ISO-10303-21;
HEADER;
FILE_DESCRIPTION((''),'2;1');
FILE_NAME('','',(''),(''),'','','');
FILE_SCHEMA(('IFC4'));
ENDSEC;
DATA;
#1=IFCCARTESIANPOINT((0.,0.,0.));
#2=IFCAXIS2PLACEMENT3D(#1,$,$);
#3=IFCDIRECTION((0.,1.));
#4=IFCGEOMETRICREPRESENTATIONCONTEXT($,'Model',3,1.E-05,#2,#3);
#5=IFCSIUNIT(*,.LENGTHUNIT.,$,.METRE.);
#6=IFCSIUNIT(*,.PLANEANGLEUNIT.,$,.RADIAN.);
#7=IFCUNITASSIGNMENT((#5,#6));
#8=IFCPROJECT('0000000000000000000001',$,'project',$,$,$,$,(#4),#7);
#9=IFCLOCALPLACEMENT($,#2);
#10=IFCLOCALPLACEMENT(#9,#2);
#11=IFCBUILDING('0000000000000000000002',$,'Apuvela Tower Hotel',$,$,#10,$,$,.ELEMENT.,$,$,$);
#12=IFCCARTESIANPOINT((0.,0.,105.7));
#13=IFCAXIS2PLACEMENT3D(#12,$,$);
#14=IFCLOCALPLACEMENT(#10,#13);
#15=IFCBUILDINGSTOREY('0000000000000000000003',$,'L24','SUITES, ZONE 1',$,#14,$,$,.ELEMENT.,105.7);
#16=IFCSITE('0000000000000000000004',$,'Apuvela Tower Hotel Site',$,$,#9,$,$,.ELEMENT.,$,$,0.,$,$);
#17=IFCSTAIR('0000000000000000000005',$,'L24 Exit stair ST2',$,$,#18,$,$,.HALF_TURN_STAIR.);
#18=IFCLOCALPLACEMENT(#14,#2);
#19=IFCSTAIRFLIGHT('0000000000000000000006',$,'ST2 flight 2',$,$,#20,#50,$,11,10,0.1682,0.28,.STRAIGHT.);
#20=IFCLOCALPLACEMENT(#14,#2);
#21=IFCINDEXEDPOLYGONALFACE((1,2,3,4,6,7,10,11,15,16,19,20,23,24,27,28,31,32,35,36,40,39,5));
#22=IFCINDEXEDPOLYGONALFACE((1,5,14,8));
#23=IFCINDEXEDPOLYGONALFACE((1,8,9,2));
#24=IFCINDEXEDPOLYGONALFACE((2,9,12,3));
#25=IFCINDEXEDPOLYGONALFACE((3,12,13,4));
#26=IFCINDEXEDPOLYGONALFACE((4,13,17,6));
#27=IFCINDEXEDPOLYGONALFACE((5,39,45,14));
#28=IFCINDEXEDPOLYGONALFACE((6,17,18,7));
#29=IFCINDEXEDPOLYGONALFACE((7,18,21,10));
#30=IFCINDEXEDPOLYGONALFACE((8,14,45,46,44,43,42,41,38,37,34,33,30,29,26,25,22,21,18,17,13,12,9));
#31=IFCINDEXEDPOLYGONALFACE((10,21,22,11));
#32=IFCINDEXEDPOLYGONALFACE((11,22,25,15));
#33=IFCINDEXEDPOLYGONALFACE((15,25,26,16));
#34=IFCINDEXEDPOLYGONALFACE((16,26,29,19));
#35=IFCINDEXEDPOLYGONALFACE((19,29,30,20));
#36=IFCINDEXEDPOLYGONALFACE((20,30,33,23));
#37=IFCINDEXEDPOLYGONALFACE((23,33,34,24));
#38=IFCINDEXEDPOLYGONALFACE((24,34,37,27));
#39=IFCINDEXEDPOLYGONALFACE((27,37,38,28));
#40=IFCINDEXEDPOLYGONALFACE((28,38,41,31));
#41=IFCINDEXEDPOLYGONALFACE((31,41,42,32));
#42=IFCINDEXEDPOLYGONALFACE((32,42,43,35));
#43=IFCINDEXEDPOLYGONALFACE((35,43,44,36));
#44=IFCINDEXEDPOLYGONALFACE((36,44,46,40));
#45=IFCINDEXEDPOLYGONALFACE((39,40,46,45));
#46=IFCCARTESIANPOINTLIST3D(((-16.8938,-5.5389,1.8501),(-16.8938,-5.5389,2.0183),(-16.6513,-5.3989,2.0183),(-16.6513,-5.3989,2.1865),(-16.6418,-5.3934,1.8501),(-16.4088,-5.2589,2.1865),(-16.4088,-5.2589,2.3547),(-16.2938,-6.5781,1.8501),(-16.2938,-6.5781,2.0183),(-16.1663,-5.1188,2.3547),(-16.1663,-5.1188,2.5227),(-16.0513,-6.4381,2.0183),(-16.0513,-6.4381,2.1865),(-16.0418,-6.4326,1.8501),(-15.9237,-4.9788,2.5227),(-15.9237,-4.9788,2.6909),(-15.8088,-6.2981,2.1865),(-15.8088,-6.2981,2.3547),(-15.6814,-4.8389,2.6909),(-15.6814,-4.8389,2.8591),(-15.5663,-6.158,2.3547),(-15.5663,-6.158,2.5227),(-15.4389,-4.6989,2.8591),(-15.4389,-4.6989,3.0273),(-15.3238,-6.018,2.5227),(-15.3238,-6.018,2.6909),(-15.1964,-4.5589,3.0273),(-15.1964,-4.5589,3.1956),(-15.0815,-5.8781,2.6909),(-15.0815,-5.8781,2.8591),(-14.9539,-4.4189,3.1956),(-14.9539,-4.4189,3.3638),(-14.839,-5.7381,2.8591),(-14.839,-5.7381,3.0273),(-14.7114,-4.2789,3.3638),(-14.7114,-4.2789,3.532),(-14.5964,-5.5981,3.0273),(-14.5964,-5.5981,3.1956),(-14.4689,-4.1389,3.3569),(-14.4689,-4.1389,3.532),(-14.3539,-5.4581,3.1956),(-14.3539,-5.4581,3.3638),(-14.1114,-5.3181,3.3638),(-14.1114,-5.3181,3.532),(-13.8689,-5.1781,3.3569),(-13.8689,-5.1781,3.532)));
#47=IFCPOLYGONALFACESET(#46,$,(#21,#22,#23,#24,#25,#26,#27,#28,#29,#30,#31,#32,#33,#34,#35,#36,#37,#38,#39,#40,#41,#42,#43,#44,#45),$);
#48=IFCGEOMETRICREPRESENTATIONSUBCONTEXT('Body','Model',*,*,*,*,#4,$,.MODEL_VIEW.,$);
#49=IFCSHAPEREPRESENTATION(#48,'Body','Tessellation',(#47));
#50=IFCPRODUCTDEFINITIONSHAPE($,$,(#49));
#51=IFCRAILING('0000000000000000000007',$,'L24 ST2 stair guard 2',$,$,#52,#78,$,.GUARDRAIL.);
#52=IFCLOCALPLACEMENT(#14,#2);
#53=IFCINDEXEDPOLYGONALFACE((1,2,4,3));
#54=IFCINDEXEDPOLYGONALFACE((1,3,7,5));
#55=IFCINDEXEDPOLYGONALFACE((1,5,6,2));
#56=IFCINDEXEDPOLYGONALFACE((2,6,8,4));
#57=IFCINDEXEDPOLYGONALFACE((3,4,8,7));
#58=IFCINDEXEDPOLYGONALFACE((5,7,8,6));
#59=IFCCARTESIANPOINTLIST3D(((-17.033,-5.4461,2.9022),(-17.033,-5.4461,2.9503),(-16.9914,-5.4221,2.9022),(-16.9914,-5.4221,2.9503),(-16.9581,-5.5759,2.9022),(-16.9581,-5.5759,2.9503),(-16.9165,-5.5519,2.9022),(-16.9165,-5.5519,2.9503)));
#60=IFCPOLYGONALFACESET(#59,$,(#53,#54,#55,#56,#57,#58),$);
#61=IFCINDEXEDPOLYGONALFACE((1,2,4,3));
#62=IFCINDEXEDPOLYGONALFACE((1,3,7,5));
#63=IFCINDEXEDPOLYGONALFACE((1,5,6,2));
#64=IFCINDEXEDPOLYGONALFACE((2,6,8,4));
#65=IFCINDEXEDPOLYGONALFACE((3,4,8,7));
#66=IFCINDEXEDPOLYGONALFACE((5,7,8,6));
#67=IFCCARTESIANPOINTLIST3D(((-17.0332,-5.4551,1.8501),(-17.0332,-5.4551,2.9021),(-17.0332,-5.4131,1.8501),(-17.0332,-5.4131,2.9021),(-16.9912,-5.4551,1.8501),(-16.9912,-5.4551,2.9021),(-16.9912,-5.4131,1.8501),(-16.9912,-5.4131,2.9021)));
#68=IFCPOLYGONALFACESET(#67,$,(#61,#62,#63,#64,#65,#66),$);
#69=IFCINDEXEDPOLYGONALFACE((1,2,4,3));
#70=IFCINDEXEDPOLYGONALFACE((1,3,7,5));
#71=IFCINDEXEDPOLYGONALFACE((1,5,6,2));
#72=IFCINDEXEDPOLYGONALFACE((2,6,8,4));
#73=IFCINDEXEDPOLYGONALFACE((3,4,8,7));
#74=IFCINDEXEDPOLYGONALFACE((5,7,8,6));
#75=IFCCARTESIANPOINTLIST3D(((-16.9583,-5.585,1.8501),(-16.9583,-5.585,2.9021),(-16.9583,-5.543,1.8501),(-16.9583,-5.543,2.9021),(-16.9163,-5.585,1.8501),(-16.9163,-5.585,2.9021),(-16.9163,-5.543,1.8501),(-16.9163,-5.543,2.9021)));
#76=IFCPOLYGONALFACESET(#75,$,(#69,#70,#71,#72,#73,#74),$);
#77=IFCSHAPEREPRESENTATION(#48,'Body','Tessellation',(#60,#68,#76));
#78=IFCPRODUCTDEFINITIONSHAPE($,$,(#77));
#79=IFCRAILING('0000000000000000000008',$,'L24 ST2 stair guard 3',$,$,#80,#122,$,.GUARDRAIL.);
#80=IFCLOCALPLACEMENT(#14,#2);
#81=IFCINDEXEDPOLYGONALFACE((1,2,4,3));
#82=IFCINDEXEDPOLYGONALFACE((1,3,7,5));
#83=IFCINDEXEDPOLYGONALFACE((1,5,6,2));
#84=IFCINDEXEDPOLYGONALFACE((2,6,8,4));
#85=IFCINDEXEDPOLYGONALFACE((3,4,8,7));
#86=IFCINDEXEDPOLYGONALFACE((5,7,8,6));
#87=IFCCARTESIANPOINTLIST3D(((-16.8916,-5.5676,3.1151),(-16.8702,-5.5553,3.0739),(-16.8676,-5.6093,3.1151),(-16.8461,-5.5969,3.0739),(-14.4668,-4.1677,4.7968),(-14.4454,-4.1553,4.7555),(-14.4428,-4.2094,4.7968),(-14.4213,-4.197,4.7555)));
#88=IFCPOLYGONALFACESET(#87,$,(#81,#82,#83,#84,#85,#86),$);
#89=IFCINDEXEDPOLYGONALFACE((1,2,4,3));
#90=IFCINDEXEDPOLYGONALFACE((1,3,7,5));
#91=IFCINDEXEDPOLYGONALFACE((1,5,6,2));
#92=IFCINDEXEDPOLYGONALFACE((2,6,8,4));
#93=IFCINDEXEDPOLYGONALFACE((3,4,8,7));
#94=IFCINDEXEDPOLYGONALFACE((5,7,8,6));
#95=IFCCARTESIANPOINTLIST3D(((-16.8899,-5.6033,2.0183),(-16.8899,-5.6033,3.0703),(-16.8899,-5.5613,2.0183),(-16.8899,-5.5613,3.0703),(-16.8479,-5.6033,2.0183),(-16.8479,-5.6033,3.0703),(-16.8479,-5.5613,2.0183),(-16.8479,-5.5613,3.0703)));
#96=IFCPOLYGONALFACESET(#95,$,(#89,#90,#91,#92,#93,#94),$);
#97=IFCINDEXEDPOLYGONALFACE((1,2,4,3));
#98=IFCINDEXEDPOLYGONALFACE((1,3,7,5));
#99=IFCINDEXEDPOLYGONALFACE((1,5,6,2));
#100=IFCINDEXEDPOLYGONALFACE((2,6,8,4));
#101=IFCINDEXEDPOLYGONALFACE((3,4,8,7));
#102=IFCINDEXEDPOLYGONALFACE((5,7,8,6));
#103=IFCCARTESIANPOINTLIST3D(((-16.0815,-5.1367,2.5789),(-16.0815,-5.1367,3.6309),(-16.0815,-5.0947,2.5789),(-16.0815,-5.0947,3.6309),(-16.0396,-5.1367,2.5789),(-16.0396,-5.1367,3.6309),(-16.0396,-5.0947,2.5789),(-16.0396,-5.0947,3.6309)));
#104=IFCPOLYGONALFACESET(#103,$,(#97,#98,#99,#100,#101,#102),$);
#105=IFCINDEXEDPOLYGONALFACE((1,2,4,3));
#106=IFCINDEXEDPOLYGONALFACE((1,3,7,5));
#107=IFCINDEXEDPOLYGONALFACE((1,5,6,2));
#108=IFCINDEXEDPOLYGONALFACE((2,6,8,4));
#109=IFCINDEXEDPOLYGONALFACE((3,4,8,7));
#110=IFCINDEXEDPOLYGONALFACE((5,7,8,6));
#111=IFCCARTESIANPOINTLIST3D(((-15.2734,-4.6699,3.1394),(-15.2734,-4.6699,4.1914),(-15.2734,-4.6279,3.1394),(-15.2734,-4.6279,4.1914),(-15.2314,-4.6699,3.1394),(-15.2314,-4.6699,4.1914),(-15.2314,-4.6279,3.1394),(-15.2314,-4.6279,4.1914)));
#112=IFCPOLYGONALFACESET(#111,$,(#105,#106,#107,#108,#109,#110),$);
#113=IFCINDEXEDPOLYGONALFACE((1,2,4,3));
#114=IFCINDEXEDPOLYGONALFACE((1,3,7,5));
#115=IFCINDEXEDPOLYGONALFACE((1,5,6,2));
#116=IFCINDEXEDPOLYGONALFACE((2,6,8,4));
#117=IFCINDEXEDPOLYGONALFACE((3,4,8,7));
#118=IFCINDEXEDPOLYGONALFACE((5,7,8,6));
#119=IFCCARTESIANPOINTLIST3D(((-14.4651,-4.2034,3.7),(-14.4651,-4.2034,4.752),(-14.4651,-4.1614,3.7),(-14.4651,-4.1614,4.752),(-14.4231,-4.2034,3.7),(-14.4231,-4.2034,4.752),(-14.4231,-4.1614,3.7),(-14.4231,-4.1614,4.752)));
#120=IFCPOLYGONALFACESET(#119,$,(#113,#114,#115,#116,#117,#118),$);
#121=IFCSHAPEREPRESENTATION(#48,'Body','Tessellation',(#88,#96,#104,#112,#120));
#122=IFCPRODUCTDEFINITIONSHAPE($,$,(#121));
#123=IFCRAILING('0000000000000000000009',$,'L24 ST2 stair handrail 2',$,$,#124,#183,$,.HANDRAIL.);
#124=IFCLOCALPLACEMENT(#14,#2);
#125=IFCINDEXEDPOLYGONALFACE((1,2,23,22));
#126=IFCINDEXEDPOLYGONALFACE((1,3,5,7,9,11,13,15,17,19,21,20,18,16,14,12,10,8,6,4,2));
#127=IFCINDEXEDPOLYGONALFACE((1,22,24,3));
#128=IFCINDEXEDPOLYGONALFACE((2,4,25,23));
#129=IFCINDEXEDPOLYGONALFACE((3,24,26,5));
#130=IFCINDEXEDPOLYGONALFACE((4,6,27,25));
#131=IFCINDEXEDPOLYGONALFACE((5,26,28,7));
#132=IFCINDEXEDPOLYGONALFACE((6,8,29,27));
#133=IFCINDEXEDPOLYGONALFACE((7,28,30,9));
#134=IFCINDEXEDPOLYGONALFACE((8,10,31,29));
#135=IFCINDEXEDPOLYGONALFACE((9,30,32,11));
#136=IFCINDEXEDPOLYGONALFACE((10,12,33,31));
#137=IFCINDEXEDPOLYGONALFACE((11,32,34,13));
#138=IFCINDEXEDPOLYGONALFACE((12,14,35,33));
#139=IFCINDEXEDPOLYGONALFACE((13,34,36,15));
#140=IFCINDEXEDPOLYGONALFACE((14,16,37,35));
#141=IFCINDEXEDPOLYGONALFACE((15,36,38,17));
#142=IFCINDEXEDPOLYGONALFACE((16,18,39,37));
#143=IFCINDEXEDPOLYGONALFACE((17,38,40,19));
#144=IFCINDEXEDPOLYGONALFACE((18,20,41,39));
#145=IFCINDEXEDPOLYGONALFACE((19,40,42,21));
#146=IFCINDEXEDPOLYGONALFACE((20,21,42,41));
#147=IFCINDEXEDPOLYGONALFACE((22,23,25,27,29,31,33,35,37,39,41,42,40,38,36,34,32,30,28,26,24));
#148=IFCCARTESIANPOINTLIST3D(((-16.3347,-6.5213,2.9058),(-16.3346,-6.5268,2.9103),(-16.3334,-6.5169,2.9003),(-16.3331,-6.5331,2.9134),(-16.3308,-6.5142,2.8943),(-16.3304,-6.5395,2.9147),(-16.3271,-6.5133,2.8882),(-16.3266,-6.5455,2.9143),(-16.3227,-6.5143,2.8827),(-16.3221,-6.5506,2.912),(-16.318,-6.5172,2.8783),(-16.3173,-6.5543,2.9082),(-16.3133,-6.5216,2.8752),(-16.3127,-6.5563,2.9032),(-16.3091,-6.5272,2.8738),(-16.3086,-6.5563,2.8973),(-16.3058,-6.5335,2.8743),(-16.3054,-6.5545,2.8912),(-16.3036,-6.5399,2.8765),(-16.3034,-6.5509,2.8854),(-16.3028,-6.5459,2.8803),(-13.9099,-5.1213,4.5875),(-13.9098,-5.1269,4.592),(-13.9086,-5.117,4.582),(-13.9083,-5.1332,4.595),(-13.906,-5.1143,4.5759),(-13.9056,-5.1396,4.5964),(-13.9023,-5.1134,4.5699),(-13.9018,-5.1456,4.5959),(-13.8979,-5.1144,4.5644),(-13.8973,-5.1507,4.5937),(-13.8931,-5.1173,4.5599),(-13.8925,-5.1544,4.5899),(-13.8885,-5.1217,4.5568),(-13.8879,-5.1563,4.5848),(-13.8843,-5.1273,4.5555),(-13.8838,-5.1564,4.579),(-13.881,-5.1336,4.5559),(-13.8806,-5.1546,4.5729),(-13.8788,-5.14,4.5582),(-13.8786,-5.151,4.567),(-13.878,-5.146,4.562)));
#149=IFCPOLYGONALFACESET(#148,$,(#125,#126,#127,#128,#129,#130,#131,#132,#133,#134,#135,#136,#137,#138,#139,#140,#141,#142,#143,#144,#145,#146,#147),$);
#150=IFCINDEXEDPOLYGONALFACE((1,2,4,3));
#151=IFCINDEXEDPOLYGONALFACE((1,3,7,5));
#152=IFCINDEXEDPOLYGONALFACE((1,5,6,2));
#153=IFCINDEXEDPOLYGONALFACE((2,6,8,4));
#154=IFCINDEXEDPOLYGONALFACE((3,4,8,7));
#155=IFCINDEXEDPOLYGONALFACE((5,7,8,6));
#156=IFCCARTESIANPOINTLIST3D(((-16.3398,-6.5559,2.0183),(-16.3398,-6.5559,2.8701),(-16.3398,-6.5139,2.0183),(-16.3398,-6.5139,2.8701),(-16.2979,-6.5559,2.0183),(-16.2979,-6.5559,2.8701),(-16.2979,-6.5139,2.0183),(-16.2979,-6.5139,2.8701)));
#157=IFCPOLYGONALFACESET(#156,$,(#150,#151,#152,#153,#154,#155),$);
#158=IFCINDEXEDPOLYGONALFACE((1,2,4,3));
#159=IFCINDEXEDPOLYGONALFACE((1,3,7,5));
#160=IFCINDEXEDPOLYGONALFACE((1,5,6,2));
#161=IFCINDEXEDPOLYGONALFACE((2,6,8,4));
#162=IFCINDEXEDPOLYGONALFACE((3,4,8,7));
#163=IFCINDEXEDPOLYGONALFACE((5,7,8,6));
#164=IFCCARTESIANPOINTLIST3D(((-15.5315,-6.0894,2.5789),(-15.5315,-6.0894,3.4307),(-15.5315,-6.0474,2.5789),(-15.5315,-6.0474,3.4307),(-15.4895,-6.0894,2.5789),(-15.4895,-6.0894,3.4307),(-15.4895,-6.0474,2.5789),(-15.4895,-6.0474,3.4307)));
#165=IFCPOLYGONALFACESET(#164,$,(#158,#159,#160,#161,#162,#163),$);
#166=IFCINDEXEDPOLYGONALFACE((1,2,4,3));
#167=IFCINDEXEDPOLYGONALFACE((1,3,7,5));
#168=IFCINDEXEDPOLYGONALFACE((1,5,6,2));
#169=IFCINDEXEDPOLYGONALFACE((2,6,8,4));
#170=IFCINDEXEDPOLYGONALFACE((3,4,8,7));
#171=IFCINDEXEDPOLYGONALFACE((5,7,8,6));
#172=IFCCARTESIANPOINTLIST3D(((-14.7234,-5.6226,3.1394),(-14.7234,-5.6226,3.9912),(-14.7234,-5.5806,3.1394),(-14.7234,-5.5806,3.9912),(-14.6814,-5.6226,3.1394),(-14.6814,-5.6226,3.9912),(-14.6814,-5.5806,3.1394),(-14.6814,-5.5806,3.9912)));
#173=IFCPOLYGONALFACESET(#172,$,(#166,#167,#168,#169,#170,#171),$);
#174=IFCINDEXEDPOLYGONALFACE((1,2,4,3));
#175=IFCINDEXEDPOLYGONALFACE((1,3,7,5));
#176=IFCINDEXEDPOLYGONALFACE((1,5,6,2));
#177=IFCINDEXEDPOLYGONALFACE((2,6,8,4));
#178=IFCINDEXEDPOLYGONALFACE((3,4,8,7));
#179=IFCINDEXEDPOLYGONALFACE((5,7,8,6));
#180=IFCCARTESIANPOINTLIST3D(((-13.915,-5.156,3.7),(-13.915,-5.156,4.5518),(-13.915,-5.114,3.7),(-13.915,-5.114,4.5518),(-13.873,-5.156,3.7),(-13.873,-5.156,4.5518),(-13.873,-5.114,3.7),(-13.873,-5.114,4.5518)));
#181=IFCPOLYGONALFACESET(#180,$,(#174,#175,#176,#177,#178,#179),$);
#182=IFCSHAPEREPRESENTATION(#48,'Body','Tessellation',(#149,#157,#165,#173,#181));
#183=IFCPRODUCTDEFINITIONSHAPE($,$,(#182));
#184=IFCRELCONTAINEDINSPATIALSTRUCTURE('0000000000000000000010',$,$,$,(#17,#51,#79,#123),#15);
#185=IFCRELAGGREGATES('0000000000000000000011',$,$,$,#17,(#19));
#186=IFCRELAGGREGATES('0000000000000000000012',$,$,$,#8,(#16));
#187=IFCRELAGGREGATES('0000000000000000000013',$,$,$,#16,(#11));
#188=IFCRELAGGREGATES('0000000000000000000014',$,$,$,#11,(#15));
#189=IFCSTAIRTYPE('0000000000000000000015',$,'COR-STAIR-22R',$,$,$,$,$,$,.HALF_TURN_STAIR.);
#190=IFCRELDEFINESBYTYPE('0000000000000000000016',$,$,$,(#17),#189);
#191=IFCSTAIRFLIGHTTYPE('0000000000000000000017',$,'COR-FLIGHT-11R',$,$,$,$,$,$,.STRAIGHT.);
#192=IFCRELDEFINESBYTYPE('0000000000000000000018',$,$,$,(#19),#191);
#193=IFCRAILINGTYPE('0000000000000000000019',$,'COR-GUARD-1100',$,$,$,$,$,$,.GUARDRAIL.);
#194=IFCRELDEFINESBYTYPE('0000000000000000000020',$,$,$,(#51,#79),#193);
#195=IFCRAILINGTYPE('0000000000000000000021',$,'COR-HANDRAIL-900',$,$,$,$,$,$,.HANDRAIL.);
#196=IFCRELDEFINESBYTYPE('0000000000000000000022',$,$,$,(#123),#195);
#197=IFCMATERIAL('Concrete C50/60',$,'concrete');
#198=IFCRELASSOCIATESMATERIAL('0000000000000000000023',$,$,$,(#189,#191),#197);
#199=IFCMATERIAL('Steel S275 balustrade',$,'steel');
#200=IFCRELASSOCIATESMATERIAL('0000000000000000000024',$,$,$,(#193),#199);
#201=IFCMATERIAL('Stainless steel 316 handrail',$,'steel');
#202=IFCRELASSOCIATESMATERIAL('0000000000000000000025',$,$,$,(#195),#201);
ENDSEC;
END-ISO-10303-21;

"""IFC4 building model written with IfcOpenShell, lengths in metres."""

from ifc_helpers import new_model, si_unit, direction, frame, origin, origin_2d, place, context, subcontext, project, spatial, polyline, rectangle, circle, outline, extrude, material, type_object, element, aggregate, save


model = new_model("IFC4")

# Units and contexts
model_context = context("Model", 3, precision=1e-05, world=origin(), true_north=direction((0.0, 1.0)))
body_context = subcontext(model_context, "Body", "Model", "MODEL_VIEW")
ifc_project = project(units=[si_unit("LENGTHUNIT", "METRE"), si_unit("PLANEANGLEUNIT", "RADIAN")], contexts=[model_context])

# Site, building, storey
site_placement = place(None, origin())
site = spatial("IfcSite", under=ifc_project, at=site_placement, Name="Apuvela Tower Hotel Site", CompositionType="ELEMENT", RefElevation=0.0)
building_placement = place(site_placement, origin())
building = spatial("IfcBuilding", under=site, at=building_placement, Name="Apuvela Tower Hotel", CompositionType="ELEMENT")
storey_placement = place(building_placement, frame((0.0, 0.0, 105.7)))
storey = spatial("IfcBuildingStorey", under=building, at=storey_placement, Name="L24", Description="SUITES, ZONE 1", CompositionType="ELEMENT", Elevation=105.7)

# Shared definitions
ifc_material_1 = material(Name="Concrete C50/60", Category="concrete")

# Stair, stair flight
stair_type = type_object("IfcStairType", Name="COR-STAIR-22R", PredefinedType="HALF_TURN_STAIR", material=ifc_material_1)
stair_placement = place(storey_placement, origin())
stair = element("IfcStair", 1, at=stair_placement, inside=storey, type_object=stair_type, Name="L24 Exit stair ST2", PredefinedType="HALF_TURN_STAIR")
stair_flight_type = type_object("IfcStairFlightType", Name="COR-FLIGHT-11R", PredefinedType="STRAIGHT", material=ifc_material_1)
stair_flight_placement = place(storey_placement, frame((-16.5938, -6.0586, 1.8501), z_axis=(0.0, 0.0, 1.0), x_axis=(0.866025, 0.5, 0.0)))
stair_flight = element("IfcStairFlight", 2, at=stair_flight_placement, type_object=stair_flight_type, Name="ST2 flight 2", NumberOfRisers=11, NumberOfTreads=10, PredefinedType="STRAIGHT", RiserHeight=0.1682, TreadLength=0.28, context=body_context, shape_type="SweptSolid", body=[
    extrude(outline(polyline([(0.0, 0.0), (0.0, 0.1682), (0.28, 0.1682), (0.28, 0.3364), (0.5601, 0.3364), (0.5601, 0.5046), (0.8401, 0.5046), (0.8401, 0.6726), (1.1201, 0.6726), (1.1201, 0.8408), (1.3999, 0.8408), (1.3999, 1.009), (1.6799, 1.009), (1.6799, 1.1772), (1.96, 1.1772), (1.96, 1.3455), (2.24, 1.3455), (2.24, 1.5137), (2.52, 1.5137), (2.52, 1.6819), (2.8, 1.6819), (2.8, 1.8501), (2.8, 1.5068), (0.291, 0.0), (0.0, 0.0)])), frame((0.0, 0.6001, 0.0), z_axis=(0.0, -1.0, 0.0), x_axis=(1.0, 0.0, 0.0)), (0.0, 0.0, 1.0), 1.2),
])
aggregate(stair, [stair_flight])

# Railings
ifc_material_2 = material(Name="Steel S275 balustrade", Category="steel")
railing_type_1 = type_object("IfcRailingType", Name="COR-GUARD-1100", PredefinedType="GUARDRAIL", material=ifc_material_2)
railing_1_placement = place(storey_placement, frame((-17.0122, -5.4341, 1.8501)))
element("IfcRailing", 3, at=railing_1_placement, inside=storey, type_object=railing_type_1, Name="L24 ST2 stair guard 2", PredefinedType="GUARDRAIL", context=body_context, shape_type="SweptSolid", body=[
    extrude(rectangle(XDim=0.0481, YDim=0.0481, at=origin_2d()), frame((0.0, 0.0, 1.0762), z_axis=(0.499816, -0.866131, 0.0), x_axis=(0.866131, 0.499816, 0.0)), (0.0, 0.0, 1.0), 0.1499),
    extrude(rectangle(XDim=0.042, YDim=0.042, at=origin_2d()), origin(), (0.0, 0.0, 1.0), 1.052),
    extrude(rectangle(XDim=0.042, YDim=0.042, at=origin_2d()), frame((0.075, -0.1299, 0.0)), (0.0, 0.0, 1.0), 1.052),
])
railing_2_placement = place(storey_placement, frame((-16.8689, -5.5823, 2.0183)))
element("IfcRailing", 4, at=railing_2_placement, inside=storey, type_object=railing_type_1, Name="L24 ST2 stair guard 3", PredefinedType="GUARDRAIL", context=body_context, shape_type="SweptSolid", body=[
    extrude(rectangle(XDim=0.0481, YDim=0.0481, at=origin_2d()), frame((0.0, 0.0, 1.0762), z_axis=(0.742419, 0.428618, 0.514879), x_axis=(-0.499984, 0.866035, 0.0)), (0.0, 0.0, 1.0), 3.2661),
    extrude(rectangle(XDim=0.042, YDim=0.042, at=origin_2d()), origin(), (0.0, 0.0, 1.0), 1.052),
    extrude(rectangle(XDim=0.042, YDim=0.042, at=origin_2d()), frame((0.8083, 0.4666, 0.5605)), (0.0, 0.0, 1.0), 1.052),
    extrude(rectangle(XDim=0.042, YDim=0.042, at=origin_2d()), frame((1.6165, 0.9333, 1.1211)), (0.0, 0.0, 1.0), 1.052),
    extrude(rectangle(XDim=0.042, YDim=0.042, at=origin_2d()), frame((2.4248, 1.3999, 1.6816)), (0.0, 0.0, 1.0), 1.052),
])
ifc_material_3 = material(Name="Stainless steel 316 handrail", Category="steel")
railing_type_2 = type_object("IfcRailingType", Name="COR-HANDRAIL-900", PredefinedType="HANDRAIL", material=ifc_material_3)
railing_3_placement = place(storey_placement, frame((-16.3188, -6.5349, 2.0183)))
element("IfcRailing", 5, at=railing_3_placement, inside=storey, type_object=railing_type_2, Name="L24 ST2 stair handrail 2", PredefinedType="HANDRAIL", context=body_context, shape_type="SweptSolid", body=[
    extrude(circle(Radius=0.0239, at=origin_2d()), frame((0.0, 0.0, 0.876), z_axis=(0.742419, 0.428618, 0.514879), x_axis=(-0.499984, 0.866035, 0.0)), (0.0, 0.0, 1.0), 3.2661),
    extrude(rectangle(XDim=0.042, YDim=0.042, at=origin_2d()), origin(), (0.0, 0.0, 1.0), 0.8518),
    extrude(rectangle(XDim=0.042, YDim=0.042, at=origin_2d()), frame((0.8083, 0.4666, 0.5605)), (0.0, 0.0, 1.0), 0.8518),
    extrude(rectangle(XDim=0.042, YDim=0.042, at=origin_2d()), frame((1.6165, 0.9333, 1.1211)), (0.0, 0.0, 1.0), 0.8518),
    extrude(rectangle(XDim=0.042, YDim=0.042, at=origin_2d()), frame((2.4248, 1.3999, 1.6816)), (0.0, 0.0, 1.0), 0.8518),
])

save(model, "model.ifc")
